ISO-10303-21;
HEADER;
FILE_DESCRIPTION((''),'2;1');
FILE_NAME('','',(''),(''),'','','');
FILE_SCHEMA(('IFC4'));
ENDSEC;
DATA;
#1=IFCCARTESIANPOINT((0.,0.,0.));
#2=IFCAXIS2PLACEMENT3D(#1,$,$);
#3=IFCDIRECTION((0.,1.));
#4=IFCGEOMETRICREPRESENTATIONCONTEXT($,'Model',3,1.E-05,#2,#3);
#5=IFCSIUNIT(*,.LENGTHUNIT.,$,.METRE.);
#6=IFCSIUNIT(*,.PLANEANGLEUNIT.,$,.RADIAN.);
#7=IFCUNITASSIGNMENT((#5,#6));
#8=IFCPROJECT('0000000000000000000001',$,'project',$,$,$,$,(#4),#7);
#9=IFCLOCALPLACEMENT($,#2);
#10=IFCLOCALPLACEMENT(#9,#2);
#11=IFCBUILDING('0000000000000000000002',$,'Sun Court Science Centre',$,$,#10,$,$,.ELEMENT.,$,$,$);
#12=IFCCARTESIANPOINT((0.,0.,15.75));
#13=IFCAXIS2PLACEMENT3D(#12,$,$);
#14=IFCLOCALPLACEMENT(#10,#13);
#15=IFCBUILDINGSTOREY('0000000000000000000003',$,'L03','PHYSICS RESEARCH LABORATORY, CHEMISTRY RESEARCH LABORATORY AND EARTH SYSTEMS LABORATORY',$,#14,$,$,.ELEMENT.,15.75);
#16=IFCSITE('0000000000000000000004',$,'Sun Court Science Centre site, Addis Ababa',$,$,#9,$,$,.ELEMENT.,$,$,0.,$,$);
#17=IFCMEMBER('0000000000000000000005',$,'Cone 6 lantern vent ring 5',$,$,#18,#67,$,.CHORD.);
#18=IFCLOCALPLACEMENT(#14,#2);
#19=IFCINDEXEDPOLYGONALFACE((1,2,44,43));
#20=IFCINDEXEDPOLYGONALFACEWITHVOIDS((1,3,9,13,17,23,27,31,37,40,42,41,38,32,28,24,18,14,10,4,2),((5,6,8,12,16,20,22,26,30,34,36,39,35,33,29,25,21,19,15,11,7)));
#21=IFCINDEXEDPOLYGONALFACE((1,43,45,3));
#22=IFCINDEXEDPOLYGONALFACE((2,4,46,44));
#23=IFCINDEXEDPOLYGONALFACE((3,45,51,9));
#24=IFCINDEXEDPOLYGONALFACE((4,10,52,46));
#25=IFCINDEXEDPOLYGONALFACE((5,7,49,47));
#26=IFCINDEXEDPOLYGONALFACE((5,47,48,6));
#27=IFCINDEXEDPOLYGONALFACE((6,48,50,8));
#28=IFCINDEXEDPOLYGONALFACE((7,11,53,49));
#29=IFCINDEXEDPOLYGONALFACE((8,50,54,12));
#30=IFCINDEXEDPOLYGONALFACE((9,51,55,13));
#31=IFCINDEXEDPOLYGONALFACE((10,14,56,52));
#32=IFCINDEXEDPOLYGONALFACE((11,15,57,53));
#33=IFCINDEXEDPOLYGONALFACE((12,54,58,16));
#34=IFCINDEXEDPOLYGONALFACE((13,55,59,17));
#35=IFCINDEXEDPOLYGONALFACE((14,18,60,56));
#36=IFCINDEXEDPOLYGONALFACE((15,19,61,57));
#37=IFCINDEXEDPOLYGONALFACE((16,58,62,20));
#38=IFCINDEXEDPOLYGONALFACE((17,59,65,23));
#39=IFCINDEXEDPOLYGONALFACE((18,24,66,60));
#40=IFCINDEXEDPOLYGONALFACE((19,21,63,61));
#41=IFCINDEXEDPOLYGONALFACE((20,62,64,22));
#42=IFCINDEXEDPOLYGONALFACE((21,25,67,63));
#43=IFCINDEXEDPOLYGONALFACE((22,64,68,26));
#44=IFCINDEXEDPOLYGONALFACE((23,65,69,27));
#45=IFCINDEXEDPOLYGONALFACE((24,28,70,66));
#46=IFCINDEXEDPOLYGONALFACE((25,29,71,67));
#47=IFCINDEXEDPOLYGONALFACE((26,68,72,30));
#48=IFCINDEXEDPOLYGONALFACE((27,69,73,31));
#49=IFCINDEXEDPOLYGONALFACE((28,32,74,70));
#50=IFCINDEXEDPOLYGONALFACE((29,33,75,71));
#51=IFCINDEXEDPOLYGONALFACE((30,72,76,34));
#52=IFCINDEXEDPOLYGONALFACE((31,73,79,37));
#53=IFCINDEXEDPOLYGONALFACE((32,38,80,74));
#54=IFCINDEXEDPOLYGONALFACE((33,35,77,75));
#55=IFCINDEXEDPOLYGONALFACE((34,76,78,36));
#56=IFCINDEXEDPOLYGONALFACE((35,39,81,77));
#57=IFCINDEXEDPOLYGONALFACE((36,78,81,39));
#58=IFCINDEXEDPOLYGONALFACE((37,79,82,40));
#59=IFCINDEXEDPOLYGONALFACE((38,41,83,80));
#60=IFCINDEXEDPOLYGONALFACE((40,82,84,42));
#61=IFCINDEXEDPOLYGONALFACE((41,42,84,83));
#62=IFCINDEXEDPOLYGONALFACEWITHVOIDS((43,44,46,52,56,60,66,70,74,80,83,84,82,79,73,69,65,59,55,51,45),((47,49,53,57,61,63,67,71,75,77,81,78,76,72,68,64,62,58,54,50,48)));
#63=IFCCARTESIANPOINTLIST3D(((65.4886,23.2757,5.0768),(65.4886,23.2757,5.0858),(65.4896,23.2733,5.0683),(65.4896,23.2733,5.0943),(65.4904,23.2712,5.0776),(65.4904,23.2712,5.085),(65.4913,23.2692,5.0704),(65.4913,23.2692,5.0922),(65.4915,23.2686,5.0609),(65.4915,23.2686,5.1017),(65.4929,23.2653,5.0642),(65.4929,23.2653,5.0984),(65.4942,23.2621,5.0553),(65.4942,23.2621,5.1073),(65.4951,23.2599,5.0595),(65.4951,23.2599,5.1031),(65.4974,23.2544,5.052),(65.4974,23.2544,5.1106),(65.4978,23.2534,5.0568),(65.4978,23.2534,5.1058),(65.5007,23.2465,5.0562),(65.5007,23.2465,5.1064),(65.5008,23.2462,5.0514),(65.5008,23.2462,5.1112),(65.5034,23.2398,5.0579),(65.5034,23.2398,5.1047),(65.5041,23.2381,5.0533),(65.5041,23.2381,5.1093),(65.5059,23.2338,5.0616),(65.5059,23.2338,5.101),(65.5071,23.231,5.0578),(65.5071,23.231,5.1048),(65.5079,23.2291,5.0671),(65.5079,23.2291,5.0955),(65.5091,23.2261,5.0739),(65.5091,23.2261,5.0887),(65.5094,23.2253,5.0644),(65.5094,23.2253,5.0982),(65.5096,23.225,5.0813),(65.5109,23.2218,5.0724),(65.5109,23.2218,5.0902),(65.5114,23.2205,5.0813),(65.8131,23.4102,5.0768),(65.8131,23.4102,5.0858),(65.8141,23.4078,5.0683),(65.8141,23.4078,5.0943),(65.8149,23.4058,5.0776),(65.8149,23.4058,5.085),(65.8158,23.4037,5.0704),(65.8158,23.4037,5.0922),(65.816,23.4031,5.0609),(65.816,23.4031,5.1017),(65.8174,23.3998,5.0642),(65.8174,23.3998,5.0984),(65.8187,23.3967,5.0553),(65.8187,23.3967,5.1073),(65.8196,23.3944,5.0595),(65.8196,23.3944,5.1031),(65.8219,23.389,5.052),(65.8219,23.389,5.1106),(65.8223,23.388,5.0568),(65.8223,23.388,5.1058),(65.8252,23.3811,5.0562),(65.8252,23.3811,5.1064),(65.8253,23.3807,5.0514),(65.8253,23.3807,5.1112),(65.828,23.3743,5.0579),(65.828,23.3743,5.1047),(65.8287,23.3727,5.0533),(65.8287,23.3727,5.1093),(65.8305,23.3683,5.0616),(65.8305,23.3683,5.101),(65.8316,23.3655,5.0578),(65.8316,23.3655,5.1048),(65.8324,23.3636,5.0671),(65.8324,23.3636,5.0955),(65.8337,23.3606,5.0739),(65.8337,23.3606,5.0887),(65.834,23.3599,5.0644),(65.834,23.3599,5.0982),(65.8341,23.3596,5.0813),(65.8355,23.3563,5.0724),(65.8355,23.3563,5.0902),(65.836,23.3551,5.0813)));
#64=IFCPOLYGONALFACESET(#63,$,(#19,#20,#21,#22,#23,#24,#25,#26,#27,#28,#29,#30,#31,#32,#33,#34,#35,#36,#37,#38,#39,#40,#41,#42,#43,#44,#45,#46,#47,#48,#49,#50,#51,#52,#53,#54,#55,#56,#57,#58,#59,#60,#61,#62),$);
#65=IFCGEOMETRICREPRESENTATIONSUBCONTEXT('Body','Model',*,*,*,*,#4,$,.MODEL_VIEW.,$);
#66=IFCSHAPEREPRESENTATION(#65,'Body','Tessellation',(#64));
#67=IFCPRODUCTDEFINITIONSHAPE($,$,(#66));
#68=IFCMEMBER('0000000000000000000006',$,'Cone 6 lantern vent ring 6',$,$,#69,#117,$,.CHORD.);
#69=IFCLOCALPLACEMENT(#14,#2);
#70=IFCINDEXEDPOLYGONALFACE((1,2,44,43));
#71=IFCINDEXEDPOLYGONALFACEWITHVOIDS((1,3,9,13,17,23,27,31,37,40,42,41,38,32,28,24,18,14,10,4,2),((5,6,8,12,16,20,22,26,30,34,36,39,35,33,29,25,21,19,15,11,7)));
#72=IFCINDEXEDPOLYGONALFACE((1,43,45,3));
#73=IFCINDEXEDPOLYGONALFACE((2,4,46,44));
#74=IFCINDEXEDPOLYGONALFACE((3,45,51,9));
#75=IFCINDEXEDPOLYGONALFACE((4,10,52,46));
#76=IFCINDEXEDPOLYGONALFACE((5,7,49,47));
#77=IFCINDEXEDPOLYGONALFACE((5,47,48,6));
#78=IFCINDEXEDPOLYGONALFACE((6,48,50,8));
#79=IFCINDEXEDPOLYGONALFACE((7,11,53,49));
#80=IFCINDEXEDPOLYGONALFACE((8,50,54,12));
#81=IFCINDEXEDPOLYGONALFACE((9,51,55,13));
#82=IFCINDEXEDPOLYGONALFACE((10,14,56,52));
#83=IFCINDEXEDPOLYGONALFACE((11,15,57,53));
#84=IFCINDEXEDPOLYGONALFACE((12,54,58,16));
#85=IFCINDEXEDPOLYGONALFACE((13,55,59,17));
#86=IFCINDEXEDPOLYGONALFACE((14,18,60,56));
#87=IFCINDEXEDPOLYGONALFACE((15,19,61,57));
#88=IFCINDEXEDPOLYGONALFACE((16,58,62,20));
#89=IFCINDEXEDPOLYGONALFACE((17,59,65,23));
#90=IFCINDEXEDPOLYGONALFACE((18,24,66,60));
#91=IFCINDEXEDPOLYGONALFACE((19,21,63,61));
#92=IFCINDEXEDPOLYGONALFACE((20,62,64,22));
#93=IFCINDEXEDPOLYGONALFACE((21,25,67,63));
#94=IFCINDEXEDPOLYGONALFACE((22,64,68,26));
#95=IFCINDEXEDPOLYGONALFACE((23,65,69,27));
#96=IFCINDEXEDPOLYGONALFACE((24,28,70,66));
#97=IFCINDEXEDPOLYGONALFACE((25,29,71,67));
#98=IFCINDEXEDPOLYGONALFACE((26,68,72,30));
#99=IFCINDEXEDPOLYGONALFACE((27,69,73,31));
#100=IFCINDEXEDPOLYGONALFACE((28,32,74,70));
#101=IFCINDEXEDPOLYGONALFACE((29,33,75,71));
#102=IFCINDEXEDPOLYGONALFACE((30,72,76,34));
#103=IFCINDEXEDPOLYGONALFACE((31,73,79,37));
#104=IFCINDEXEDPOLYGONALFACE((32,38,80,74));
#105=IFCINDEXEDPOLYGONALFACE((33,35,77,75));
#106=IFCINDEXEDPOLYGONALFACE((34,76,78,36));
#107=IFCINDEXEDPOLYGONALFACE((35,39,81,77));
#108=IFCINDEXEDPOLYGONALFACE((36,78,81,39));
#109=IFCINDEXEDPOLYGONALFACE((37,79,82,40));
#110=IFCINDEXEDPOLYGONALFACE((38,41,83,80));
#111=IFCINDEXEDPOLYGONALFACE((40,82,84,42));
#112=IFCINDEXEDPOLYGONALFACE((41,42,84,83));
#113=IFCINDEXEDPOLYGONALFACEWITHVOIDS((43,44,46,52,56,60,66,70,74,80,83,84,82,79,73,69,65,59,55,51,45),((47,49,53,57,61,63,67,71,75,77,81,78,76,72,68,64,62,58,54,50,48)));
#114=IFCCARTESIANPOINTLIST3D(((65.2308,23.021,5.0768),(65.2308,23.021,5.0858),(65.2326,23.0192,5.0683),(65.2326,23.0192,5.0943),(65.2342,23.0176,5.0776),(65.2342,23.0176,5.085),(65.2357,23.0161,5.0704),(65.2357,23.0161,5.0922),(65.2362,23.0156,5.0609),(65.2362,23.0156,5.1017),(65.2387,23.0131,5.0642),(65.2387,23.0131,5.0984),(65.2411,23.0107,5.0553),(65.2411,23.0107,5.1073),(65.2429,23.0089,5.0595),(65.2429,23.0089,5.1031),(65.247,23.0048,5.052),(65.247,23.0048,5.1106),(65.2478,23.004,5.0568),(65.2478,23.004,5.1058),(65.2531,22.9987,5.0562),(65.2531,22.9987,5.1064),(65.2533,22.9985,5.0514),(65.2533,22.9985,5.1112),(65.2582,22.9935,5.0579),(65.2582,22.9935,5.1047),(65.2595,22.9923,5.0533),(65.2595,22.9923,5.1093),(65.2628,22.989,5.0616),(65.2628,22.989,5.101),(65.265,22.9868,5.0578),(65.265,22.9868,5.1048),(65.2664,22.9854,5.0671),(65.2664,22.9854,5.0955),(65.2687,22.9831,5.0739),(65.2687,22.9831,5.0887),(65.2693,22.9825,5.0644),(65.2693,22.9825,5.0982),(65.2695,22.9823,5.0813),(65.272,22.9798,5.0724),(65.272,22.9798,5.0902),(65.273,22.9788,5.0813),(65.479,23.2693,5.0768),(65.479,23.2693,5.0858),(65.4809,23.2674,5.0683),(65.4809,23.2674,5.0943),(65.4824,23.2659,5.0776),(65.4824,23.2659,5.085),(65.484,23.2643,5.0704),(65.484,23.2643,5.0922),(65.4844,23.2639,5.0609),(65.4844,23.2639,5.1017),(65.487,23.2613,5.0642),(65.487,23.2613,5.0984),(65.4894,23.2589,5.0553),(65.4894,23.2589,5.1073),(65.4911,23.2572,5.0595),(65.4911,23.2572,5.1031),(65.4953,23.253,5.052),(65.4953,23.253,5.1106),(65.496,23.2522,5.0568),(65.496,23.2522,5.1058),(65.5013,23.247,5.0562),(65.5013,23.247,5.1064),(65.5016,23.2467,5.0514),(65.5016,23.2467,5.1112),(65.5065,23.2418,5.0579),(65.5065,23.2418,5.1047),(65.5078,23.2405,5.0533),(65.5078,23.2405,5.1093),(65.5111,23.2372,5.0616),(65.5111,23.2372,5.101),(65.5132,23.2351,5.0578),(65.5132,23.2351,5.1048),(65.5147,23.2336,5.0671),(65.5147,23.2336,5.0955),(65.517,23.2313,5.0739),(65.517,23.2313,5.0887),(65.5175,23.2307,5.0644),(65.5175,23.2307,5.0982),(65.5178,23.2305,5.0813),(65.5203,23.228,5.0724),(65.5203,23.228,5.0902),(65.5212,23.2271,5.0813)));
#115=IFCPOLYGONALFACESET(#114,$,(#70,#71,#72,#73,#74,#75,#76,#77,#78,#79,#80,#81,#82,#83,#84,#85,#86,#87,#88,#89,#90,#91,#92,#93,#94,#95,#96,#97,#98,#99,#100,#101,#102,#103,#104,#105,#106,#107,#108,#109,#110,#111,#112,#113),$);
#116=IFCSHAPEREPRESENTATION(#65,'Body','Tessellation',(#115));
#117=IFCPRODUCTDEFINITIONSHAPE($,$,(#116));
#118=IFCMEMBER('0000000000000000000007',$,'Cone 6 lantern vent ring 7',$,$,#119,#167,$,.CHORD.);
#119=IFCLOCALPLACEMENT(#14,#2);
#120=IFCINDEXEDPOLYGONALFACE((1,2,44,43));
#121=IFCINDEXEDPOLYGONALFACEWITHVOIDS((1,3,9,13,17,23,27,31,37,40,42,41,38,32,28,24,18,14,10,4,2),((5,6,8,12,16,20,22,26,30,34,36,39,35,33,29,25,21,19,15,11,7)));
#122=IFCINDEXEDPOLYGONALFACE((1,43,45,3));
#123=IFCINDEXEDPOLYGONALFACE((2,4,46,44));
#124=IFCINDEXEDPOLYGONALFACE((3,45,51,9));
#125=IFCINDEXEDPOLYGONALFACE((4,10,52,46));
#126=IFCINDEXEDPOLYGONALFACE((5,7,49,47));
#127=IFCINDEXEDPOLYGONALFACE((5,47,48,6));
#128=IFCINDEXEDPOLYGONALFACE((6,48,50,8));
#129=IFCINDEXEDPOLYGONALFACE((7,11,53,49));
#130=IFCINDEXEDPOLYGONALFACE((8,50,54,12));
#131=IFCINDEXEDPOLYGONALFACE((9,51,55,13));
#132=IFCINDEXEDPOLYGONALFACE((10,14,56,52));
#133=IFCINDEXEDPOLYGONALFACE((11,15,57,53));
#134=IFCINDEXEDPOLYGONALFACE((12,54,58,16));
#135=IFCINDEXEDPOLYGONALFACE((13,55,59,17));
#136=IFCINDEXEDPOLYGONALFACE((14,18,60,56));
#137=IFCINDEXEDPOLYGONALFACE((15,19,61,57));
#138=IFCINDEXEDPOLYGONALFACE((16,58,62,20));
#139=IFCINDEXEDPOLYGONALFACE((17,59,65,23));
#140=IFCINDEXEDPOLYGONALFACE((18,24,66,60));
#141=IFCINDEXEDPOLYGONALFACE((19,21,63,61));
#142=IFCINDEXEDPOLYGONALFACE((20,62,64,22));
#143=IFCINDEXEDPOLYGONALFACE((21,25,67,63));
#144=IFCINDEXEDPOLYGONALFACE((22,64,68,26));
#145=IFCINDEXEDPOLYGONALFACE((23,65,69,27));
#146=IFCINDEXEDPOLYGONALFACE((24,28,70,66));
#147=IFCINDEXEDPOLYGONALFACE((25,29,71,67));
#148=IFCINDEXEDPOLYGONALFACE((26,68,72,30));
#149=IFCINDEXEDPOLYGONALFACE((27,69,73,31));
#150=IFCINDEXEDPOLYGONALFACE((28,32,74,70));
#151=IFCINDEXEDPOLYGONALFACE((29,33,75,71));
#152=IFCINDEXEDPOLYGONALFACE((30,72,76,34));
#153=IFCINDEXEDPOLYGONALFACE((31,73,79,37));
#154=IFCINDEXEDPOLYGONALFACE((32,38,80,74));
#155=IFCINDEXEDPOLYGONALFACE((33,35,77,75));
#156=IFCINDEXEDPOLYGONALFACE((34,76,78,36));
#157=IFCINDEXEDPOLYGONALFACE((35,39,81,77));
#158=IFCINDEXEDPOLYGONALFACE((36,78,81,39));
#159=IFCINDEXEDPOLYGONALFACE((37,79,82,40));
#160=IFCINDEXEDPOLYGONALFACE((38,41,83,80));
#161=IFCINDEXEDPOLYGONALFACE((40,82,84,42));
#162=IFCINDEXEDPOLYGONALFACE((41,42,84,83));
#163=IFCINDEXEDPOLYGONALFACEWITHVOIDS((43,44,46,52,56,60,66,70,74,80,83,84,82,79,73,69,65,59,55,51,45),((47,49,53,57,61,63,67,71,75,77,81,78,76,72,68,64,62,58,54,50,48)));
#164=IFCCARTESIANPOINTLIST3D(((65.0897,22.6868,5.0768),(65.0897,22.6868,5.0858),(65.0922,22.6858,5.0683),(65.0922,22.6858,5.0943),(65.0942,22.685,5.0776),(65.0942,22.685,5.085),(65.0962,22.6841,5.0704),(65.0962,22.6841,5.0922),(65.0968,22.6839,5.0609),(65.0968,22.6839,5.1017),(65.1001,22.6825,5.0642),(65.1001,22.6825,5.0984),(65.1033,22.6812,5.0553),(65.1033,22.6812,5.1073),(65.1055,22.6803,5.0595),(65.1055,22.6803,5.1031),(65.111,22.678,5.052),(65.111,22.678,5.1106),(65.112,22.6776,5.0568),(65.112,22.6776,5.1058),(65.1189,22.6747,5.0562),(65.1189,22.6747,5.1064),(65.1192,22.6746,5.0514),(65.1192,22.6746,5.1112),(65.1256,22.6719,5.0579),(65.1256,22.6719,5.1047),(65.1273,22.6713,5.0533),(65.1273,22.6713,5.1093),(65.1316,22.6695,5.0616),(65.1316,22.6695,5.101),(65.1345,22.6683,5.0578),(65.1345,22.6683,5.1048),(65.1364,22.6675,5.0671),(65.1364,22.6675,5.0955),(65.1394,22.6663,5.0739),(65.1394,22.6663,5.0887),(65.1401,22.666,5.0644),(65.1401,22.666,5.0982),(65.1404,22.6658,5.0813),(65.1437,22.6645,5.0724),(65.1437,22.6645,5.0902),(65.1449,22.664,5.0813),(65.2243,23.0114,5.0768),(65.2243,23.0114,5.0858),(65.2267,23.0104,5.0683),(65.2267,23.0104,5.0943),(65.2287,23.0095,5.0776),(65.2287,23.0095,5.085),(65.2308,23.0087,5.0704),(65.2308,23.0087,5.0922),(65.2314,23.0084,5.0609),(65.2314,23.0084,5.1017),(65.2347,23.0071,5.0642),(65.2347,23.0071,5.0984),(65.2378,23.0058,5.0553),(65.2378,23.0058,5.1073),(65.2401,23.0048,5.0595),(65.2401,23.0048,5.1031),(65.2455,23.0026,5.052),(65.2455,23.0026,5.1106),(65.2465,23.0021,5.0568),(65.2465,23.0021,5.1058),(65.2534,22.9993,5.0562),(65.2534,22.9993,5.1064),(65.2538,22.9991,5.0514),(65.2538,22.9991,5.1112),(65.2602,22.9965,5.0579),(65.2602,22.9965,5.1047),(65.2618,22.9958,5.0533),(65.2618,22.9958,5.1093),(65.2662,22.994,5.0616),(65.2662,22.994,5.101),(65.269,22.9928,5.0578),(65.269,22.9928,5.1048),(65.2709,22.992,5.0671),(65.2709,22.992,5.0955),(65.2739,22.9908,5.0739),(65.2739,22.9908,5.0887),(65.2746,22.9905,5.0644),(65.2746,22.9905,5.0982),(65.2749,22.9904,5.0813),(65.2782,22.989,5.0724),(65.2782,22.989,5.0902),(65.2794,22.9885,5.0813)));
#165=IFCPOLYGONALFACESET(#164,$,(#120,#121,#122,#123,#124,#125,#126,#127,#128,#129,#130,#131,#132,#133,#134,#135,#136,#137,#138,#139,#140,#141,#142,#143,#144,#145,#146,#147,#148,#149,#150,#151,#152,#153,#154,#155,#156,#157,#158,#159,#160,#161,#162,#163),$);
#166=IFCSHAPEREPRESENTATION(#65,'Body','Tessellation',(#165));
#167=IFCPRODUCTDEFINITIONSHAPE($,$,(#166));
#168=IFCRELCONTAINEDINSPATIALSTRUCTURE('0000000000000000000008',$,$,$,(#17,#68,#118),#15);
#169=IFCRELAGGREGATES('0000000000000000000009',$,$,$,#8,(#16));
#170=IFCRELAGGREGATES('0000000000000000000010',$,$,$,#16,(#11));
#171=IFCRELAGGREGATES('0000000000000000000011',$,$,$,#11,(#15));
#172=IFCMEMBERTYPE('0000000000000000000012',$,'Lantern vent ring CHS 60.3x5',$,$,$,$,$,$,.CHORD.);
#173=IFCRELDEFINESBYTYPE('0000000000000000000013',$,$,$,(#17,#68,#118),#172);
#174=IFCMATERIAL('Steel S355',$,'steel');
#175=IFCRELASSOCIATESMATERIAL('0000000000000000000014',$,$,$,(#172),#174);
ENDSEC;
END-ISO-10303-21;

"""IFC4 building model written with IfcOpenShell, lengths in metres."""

from ifc_helpers import new_model, si_unit, direction, frame, origin, origin_2d, place, context, subcontext, project, spatial, hollow_circle, extrude, material, material_profile, profile_set, type_object, element, save


model = new_model("IFC4")

# Units and contexts
model_context = context("Model", 3, precision=1e-05, world=origin(), true_north=direction((0.0, 1.0)))
body_context = subcontext(model_context, "Body", "Model", "MODEL_VIEW")
ifc_project = project(units=[si_unit("LENGTHUNIT", "METRE"), si_unit("PLANEANGLEUNIT", "RADIAN")], contexts=[model_context])

# Site, building, storey
site_placement = place(None, origin())
site = spatial("IfcSite", under=ifc_project, at=site_placement, Name="Sun Court Science Centre site, Addis Ababa", CompositionType="ELEMENT", RefElevation=0.0)
building_placement = place(site_placement, origin())
building = spatial("IfcBuilding", under=site, at=building_placement, Name="Sun Court Science Centre", CompositionType="ELEMENT")
storey_placement = place(building_placement, frame((0.0, 0.0, 15.75)))
storey = spatial("IfcBuildingStorey", under=building, at=storey_placement, Name="L03", Description="PHYSICS RESEARCH LABORATORY, CHEMISTRY RESEARCH LABORATORY AND EARTH SYSTEMS LABORATORY", CompositionType="ELEMENT", Elevation=15.75)

# Members
ifc_material_1 = material(Name="Steel S355", Category="steel")
ifc_material_profile_1 = material_profile(ifc_material_1, hollow_circle(Radius=0.03, WallThickness=0.0049, at=origin_2d()), Name="CHS 60.3x5")
ifc_profile_set_1 = profile_set([ifc_material_profile_1], Name="Steel S355")
member_type_1 = type_object("IfcMemberType", Name="Lantern vent ring CHS 60.3x5", PredefinedType="CHORD", material=ifc_profile_set_1)
member_1_placement = place(storey_placement, frame((65.8245, 23.3828, 5.0813), z_axis=(-0.923754, -0.382986, 0.0), x_axis=(0.382986, -0.923754, 0.0)))
element("IfcMember", 1, at=member_1_placement, inside=storey, type_object=member_type_1, Name="Cone 6 lantern vent ring 5", PredefinedType="CHORD", context=body_context, shape_type="SweptSolid", body=[
    extrude(hollow_circle(Radius=0.03, WallThickness=0.0049, at=origin_2d()), origin(), (0.0, 0.0, 1.0), 0.3513),
])
member_2_placement = place(storey_placement, frame((65.5, 23.2483, 5.0813), z_axis=(-0.707107, -0.707107, 0.0), x_axis=(0.707107, -0.707107, 0.0)))
element("IfcMember", 2, at=member_2_placement, inside=storey, type_object=member_type_1, Name="Cone 6 lantern vent ring 6", PredefinedType="CHORD", context=body_context, shape_type="SweptSolid", body=[
    extrude(hollow_circle(Radius=0.03, WallThickness=0.0049, at=origin_2d()), origin(), (0.0, 0.0, 1.0), 0.3511),
])
member_3_placement = place(storey_placement, frame((65.2517, 23.0, 5.0813), z_axis=(-0.382986, -0.923754, 0.0), x_axis=(0.923754, -0.382986, 0.0)))
element("IfcMember", 3, at=member_3_placement, inside=storey, type_object=member_type_1, Name="Cone 6 lantern vent ring 7", PredefinedType="CHORD", context=body_context, shape_type="SweptSolid", body=[
    extrude(hollow_circle(Radius=0.03, WallThickness=0.0049, at=origin_2d()), origin(), (0.0, 0.0, 1.0), 0.3513),
])

save(model, "model.ifc")
